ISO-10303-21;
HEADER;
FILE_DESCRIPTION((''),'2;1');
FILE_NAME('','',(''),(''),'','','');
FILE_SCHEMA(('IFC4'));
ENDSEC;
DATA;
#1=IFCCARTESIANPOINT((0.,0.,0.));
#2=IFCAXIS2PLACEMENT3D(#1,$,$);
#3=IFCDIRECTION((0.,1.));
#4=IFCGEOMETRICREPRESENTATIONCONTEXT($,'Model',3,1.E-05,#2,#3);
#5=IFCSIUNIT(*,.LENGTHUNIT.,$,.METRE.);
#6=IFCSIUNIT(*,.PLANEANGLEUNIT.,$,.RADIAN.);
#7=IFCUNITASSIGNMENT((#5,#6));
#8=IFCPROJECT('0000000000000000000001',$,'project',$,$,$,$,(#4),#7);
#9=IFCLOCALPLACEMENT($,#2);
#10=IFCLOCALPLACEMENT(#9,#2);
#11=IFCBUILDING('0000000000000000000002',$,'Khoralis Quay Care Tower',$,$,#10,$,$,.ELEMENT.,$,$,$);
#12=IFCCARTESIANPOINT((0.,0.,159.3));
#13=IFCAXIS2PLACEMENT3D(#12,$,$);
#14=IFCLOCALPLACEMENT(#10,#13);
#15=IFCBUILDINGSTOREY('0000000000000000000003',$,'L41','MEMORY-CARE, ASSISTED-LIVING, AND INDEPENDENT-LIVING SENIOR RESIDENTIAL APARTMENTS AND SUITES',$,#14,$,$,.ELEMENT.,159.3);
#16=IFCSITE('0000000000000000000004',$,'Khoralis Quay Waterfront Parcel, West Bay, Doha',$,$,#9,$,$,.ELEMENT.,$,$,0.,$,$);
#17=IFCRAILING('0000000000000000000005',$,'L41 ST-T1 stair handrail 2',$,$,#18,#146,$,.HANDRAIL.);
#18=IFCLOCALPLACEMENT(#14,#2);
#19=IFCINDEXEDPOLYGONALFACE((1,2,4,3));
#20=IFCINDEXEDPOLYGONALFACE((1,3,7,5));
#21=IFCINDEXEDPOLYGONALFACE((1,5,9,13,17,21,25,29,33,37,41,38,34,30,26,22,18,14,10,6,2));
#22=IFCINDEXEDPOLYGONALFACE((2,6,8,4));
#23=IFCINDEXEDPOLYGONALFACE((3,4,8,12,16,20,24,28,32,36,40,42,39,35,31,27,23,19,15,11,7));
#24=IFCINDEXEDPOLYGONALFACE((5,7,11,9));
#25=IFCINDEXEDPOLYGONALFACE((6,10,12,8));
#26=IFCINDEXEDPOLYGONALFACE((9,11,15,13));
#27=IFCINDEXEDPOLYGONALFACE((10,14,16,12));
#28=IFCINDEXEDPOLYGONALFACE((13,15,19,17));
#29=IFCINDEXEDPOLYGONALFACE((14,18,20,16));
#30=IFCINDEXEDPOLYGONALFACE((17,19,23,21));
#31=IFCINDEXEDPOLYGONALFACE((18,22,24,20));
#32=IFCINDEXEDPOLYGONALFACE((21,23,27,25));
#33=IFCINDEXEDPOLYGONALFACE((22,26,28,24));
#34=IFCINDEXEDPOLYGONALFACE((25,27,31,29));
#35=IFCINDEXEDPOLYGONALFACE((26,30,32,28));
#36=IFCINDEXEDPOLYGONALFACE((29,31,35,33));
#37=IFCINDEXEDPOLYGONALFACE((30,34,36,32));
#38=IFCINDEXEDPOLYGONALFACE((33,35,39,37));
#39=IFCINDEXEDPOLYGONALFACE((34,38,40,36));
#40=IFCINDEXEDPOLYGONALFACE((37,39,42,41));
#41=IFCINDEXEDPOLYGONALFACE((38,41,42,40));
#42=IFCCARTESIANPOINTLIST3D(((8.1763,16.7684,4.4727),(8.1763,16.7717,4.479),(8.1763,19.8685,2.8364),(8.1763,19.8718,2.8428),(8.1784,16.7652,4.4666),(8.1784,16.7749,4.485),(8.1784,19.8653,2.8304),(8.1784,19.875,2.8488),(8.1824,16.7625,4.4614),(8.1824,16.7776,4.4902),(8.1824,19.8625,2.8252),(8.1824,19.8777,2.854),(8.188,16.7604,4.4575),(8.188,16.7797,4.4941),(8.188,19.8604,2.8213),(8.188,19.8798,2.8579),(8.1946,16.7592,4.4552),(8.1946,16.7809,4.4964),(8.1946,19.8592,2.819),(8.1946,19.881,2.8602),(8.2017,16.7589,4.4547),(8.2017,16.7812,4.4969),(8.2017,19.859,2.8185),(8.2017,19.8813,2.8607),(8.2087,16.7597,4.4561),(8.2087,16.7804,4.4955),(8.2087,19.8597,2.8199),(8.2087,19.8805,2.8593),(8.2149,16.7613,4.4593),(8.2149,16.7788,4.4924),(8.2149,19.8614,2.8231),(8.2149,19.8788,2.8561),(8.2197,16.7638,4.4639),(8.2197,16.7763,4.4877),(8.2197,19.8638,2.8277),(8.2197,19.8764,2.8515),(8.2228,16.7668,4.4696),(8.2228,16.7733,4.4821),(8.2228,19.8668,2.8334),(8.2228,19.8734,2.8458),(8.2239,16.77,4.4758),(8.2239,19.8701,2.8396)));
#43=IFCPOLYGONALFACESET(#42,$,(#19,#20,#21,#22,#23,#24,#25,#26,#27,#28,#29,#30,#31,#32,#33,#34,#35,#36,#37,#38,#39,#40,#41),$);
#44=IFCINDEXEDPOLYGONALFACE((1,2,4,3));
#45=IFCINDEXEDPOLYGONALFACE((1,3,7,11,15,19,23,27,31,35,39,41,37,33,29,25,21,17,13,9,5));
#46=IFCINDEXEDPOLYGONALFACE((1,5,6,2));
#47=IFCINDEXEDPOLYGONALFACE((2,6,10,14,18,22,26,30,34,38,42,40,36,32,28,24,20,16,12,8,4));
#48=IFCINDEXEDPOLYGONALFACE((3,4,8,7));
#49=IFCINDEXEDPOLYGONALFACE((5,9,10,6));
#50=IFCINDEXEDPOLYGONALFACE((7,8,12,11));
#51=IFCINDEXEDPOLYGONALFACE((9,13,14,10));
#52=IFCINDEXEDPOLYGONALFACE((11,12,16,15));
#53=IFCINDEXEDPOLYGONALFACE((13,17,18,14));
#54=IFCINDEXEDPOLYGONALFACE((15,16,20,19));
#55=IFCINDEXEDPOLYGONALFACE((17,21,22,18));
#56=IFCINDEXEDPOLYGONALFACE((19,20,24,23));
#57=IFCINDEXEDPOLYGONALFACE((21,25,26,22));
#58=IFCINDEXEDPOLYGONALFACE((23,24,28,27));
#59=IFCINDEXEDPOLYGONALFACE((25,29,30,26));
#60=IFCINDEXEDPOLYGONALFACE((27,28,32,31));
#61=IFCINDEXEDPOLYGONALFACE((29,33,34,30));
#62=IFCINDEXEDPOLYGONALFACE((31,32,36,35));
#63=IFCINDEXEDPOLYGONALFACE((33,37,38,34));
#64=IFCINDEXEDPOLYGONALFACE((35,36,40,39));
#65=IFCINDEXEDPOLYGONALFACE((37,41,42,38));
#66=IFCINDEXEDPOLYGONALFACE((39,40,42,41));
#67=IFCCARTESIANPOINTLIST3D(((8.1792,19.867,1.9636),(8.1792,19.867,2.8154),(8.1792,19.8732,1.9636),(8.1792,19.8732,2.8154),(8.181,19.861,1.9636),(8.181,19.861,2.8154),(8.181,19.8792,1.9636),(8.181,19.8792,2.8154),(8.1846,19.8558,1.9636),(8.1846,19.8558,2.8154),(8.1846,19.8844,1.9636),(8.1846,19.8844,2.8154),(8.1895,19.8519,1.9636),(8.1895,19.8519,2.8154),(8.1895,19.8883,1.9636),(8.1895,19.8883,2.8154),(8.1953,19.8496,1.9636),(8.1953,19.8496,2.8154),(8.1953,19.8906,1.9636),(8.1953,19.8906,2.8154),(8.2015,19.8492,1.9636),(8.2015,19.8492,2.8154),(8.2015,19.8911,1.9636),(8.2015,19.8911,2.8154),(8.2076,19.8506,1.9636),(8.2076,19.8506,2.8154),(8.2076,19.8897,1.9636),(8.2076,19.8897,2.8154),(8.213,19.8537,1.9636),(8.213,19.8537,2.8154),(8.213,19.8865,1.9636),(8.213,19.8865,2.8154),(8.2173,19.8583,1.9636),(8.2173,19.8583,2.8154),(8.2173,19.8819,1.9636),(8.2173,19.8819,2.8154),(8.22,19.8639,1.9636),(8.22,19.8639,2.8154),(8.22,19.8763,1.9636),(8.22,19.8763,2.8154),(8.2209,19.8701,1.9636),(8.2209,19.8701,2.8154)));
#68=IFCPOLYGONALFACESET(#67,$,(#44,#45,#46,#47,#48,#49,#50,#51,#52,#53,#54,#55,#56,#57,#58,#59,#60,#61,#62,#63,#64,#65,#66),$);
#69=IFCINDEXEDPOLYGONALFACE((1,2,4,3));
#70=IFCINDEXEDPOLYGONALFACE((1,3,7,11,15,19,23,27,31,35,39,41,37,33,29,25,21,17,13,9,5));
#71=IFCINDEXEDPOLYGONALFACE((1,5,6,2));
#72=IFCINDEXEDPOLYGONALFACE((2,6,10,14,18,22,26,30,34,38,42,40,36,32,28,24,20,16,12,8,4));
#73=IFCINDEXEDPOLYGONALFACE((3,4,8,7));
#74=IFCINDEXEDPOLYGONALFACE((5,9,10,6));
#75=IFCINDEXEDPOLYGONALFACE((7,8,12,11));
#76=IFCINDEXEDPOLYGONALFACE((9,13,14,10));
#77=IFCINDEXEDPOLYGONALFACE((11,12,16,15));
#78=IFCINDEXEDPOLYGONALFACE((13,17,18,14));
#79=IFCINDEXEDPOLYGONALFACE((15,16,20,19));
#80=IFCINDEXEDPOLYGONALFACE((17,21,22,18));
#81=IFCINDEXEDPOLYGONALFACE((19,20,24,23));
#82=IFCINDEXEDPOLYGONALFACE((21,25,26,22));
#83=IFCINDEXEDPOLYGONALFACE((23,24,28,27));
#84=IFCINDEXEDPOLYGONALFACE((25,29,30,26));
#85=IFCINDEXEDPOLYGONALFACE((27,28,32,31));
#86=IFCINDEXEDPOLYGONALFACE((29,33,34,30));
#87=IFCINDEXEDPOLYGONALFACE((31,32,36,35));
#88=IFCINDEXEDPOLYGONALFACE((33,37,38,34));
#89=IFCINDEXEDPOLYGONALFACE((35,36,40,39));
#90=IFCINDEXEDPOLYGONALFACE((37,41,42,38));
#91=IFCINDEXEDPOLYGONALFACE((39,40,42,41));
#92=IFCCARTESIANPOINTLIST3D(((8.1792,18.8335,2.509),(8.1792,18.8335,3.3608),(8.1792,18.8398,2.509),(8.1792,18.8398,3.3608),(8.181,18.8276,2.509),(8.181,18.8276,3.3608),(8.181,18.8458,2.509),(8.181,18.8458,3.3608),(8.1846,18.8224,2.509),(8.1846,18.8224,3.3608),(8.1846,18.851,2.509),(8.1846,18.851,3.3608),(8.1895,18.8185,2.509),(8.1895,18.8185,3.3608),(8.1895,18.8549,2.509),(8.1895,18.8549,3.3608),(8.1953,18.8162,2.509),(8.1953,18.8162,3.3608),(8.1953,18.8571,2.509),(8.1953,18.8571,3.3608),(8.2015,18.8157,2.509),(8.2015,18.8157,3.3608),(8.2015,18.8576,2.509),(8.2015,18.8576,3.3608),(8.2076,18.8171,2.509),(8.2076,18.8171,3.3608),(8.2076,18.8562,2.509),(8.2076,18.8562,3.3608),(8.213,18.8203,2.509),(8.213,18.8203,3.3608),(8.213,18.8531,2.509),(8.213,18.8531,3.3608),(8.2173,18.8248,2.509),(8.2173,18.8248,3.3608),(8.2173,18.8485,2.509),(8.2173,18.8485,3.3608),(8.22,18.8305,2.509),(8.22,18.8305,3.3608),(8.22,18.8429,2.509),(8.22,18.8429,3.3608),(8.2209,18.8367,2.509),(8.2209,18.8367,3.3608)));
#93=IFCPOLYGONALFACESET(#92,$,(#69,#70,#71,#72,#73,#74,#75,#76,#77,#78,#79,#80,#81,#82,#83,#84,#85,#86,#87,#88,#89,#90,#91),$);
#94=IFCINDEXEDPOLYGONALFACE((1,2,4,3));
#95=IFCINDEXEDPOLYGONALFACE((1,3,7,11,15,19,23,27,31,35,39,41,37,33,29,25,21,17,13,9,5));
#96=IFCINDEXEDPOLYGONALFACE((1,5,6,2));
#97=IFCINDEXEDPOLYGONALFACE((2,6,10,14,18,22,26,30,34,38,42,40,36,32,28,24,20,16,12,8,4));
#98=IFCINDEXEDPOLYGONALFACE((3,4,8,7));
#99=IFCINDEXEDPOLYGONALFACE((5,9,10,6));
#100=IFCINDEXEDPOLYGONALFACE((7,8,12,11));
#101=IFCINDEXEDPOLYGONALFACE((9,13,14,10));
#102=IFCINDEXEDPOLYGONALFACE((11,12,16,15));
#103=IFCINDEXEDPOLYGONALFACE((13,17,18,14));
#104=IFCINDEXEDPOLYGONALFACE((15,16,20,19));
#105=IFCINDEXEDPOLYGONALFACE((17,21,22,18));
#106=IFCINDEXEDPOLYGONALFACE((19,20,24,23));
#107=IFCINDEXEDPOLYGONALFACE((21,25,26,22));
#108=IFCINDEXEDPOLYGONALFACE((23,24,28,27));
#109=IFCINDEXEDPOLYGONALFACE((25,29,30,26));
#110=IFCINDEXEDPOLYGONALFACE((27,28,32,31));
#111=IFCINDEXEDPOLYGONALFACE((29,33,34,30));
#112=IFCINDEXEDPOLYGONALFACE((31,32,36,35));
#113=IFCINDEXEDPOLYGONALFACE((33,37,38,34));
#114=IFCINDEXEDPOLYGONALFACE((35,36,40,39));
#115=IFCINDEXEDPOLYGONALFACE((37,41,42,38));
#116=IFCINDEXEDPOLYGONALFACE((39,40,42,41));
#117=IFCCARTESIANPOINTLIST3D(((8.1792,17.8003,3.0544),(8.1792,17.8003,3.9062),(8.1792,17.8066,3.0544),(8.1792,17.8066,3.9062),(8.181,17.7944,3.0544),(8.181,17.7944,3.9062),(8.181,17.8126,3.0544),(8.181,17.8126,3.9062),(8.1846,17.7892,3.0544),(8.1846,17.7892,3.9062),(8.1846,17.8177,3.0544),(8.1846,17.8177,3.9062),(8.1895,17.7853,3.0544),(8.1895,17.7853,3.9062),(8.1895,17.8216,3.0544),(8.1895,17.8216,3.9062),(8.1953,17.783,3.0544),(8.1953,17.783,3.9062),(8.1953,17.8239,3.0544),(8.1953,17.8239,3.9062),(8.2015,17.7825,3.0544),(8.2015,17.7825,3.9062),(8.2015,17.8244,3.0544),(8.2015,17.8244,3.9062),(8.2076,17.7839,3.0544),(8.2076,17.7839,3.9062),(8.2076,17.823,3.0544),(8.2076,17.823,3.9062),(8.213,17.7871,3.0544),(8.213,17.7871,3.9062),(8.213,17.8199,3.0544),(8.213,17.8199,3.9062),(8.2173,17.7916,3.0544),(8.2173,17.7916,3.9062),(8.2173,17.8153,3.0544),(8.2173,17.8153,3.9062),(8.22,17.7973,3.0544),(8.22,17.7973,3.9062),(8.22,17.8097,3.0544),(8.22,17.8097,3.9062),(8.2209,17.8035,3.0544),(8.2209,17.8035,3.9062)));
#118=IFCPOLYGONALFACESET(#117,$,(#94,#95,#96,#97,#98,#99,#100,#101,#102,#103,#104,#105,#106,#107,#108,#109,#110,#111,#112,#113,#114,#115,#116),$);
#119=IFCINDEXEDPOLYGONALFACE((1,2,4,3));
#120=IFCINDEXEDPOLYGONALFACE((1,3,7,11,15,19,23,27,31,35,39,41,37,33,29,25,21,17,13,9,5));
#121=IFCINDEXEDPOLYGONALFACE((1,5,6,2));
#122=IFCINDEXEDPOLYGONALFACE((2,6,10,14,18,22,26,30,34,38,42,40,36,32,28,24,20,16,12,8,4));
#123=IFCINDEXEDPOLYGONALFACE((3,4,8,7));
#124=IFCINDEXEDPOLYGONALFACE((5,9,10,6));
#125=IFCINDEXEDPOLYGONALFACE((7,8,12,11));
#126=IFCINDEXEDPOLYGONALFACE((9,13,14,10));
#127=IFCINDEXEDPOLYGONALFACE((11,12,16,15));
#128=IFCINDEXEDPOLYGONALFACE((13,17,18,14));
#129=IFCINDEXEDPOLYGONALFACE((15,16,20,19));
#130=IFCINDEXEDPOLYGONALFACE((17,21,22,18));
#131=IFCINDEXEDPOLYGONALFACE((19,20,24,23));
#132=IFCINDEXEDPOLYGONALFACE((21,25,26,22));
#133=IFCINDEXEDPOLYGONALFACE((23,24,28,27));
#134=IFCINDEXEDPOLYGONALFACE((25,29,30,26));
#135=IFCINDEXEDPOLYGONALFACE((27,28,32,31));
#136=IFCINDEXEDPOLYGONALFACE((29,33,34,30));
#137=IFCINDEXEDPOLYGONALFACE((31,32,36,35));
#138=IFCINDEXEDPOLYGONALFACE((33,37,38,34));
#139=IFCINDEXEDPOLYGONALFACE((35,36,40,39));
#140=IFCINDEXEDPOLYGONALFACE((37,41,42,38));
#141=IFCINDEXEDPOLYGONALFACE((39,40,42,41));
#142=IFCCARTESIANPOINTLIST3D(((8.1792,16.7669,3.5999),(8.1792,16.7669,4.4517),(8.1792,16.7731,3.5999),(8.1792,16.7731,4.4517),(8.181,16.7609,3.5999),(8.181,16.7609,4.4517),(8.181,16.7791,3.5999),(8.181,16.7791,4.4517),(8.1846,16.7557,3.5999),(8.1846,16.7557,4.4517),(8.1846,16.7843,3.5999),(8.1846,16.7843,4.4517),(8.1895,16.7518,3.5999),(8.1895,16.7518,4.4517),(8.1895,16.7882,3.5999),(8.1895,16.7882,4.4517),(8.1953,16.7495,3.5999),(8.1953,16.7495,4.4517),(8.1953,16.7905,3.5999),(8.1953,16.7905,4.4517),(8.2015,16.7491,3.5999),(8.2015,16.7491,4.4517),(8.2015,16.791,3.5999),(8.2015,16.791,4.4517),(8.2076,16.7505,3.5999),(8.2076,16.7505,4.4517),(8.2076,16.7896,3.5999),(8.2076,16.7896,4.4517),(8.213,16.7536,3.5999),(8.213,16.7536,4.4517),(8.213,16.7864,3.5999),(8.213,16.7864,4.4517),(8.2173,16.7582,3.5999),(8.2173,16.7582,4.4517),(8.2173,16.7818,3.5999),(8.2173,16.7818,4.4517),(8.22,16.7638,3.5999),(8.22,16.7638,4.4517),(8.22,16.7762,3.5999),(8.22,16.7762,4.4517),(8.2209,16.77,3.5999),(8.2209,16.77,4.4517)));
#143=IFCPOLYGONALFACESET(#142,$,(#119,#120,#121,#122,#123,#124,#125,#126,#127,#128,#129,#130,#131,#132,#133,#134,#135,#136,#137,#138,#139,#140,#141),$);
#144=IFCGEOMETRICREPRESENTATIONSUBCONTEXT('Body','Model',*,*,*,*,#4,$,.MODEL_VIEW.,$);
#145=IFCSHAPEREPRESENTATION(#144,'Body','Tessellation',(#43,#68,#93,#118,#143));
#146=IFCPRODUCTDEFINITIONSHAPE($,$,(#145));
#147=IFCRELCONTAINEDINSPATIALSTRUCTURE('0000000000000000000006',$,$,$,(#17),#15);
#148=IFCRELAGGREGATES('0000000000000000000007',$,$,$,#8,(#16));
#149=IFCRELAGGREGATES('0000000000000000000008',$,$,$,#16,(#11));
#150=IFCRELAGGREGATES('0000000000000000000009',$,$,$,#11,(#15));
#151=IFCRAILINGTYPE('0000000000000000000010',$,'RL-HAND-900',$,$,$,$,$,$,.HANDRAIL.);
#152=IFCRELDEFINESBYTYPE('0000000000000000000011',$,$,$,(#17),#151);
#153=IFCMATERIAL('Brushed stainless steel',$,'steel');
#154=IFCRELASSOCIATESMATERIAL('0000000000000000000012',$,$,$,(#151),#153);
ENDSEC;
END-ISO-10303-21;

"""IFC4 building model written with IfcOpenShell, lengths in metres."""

from ifc_helpers import new_model, si_unit, direction, frame, origin, origin_2d, place, context, subcontext, project, spatial, circle, extrude, material, type_object, element, save


model = new_model("IFC4")

# Units and contexts
model_context = context("Model", 3, precision=1e-05, world=origin(), true_north=direction((0.0, 1.0)))
body_context = subcontext(model_context, "Body", "Model", "MODEL_VIEW")
ifc_project = project(units=[si_unit("LENGTHUNIT", "METRE"), si_unit("PLANEANGLEUNIT", "RADIAN")], contexts=[model_context])

# Site, building, storey
site_placement = place(None, origin())
site = spatial("IfcSite", under=ifc_project, at=site_placement, Name="Khoralis Quay Waterfront Parcel, West Bay, Doha", CompositionType="ELEMENT", RefElevation=0.0)
building_placement = place(site_placement, origin())
building = spatial("IfcBuilding", under=site, at=building_placement, Name="Khoralis Quay Care Tower", CompositionType="ELEMENT")
storey_placement = place(building_placement, frame((0.0, 0.0, 159.3)))
storey = spatial("IfcBuildingStorey", under=building, at=storey_placement, Name="L41", Description="MEMORY-CARE, ASSISTED-LIVING, AND INDEPENDENT-LIVING SENIOR RESIDENTIAL APARTMENTS AND SUITES", CompositionType="ELEMENT", Elevation=159.3)

# Shared definitions
ifc_material_1 = material(Name="Brushed stainless steel", Category="steel")

# Railing
railing_type_1 = type_object("IfcRailingType", Name="RL-HAND-900", PredefinedType="HANDRAIL", material=ifc_material_1)
railing_1_placement = place(storey_placement, frame((8.2, 19.8701, 1.9636)))
element("IfcRailing", 1, at=railing_1_placement, inside=storey, type_object=railing_type_1, Name="L41 ST-T1 stair handrail 2", PredefinedType="HANDRAIL", context=body_context, shape_type="SweptSolid", body=[
    extrude(circle(Radius=0.0239, at=origin_2d()), frame((0.0, 0.0, 0.876), z_axis=(0.0, -0.884377, 0.466774), x_axis=(1.0, 0.0, 0.0)), (0.0, 0.0, 1.0), 3.5054),
    extrude(circle(Radius=0.021, at=origin_2d()), origin(), (0.0, 0.0, 1.0), 0.8518),
    extrude(circle(Radius=0.021, at=origin_2d()), frame((0.0, -1.0334, 0.5454)), (0.0, 0.0, 1.0), 0.8518),
    extrude(circle(Radius=0.021, at=origin_2d()), frame((0.0, -2.0667, 1.0908)), (0.0, 0.0, 1.0), 0.8518),
    extrude(circle(Radius=0.021, at=origin_2d()), frame((0.0, -3.1001, 1.6362)), (0.0, 0.0, 1.0), 0.8518),
])

save(model, "model.ifc")
